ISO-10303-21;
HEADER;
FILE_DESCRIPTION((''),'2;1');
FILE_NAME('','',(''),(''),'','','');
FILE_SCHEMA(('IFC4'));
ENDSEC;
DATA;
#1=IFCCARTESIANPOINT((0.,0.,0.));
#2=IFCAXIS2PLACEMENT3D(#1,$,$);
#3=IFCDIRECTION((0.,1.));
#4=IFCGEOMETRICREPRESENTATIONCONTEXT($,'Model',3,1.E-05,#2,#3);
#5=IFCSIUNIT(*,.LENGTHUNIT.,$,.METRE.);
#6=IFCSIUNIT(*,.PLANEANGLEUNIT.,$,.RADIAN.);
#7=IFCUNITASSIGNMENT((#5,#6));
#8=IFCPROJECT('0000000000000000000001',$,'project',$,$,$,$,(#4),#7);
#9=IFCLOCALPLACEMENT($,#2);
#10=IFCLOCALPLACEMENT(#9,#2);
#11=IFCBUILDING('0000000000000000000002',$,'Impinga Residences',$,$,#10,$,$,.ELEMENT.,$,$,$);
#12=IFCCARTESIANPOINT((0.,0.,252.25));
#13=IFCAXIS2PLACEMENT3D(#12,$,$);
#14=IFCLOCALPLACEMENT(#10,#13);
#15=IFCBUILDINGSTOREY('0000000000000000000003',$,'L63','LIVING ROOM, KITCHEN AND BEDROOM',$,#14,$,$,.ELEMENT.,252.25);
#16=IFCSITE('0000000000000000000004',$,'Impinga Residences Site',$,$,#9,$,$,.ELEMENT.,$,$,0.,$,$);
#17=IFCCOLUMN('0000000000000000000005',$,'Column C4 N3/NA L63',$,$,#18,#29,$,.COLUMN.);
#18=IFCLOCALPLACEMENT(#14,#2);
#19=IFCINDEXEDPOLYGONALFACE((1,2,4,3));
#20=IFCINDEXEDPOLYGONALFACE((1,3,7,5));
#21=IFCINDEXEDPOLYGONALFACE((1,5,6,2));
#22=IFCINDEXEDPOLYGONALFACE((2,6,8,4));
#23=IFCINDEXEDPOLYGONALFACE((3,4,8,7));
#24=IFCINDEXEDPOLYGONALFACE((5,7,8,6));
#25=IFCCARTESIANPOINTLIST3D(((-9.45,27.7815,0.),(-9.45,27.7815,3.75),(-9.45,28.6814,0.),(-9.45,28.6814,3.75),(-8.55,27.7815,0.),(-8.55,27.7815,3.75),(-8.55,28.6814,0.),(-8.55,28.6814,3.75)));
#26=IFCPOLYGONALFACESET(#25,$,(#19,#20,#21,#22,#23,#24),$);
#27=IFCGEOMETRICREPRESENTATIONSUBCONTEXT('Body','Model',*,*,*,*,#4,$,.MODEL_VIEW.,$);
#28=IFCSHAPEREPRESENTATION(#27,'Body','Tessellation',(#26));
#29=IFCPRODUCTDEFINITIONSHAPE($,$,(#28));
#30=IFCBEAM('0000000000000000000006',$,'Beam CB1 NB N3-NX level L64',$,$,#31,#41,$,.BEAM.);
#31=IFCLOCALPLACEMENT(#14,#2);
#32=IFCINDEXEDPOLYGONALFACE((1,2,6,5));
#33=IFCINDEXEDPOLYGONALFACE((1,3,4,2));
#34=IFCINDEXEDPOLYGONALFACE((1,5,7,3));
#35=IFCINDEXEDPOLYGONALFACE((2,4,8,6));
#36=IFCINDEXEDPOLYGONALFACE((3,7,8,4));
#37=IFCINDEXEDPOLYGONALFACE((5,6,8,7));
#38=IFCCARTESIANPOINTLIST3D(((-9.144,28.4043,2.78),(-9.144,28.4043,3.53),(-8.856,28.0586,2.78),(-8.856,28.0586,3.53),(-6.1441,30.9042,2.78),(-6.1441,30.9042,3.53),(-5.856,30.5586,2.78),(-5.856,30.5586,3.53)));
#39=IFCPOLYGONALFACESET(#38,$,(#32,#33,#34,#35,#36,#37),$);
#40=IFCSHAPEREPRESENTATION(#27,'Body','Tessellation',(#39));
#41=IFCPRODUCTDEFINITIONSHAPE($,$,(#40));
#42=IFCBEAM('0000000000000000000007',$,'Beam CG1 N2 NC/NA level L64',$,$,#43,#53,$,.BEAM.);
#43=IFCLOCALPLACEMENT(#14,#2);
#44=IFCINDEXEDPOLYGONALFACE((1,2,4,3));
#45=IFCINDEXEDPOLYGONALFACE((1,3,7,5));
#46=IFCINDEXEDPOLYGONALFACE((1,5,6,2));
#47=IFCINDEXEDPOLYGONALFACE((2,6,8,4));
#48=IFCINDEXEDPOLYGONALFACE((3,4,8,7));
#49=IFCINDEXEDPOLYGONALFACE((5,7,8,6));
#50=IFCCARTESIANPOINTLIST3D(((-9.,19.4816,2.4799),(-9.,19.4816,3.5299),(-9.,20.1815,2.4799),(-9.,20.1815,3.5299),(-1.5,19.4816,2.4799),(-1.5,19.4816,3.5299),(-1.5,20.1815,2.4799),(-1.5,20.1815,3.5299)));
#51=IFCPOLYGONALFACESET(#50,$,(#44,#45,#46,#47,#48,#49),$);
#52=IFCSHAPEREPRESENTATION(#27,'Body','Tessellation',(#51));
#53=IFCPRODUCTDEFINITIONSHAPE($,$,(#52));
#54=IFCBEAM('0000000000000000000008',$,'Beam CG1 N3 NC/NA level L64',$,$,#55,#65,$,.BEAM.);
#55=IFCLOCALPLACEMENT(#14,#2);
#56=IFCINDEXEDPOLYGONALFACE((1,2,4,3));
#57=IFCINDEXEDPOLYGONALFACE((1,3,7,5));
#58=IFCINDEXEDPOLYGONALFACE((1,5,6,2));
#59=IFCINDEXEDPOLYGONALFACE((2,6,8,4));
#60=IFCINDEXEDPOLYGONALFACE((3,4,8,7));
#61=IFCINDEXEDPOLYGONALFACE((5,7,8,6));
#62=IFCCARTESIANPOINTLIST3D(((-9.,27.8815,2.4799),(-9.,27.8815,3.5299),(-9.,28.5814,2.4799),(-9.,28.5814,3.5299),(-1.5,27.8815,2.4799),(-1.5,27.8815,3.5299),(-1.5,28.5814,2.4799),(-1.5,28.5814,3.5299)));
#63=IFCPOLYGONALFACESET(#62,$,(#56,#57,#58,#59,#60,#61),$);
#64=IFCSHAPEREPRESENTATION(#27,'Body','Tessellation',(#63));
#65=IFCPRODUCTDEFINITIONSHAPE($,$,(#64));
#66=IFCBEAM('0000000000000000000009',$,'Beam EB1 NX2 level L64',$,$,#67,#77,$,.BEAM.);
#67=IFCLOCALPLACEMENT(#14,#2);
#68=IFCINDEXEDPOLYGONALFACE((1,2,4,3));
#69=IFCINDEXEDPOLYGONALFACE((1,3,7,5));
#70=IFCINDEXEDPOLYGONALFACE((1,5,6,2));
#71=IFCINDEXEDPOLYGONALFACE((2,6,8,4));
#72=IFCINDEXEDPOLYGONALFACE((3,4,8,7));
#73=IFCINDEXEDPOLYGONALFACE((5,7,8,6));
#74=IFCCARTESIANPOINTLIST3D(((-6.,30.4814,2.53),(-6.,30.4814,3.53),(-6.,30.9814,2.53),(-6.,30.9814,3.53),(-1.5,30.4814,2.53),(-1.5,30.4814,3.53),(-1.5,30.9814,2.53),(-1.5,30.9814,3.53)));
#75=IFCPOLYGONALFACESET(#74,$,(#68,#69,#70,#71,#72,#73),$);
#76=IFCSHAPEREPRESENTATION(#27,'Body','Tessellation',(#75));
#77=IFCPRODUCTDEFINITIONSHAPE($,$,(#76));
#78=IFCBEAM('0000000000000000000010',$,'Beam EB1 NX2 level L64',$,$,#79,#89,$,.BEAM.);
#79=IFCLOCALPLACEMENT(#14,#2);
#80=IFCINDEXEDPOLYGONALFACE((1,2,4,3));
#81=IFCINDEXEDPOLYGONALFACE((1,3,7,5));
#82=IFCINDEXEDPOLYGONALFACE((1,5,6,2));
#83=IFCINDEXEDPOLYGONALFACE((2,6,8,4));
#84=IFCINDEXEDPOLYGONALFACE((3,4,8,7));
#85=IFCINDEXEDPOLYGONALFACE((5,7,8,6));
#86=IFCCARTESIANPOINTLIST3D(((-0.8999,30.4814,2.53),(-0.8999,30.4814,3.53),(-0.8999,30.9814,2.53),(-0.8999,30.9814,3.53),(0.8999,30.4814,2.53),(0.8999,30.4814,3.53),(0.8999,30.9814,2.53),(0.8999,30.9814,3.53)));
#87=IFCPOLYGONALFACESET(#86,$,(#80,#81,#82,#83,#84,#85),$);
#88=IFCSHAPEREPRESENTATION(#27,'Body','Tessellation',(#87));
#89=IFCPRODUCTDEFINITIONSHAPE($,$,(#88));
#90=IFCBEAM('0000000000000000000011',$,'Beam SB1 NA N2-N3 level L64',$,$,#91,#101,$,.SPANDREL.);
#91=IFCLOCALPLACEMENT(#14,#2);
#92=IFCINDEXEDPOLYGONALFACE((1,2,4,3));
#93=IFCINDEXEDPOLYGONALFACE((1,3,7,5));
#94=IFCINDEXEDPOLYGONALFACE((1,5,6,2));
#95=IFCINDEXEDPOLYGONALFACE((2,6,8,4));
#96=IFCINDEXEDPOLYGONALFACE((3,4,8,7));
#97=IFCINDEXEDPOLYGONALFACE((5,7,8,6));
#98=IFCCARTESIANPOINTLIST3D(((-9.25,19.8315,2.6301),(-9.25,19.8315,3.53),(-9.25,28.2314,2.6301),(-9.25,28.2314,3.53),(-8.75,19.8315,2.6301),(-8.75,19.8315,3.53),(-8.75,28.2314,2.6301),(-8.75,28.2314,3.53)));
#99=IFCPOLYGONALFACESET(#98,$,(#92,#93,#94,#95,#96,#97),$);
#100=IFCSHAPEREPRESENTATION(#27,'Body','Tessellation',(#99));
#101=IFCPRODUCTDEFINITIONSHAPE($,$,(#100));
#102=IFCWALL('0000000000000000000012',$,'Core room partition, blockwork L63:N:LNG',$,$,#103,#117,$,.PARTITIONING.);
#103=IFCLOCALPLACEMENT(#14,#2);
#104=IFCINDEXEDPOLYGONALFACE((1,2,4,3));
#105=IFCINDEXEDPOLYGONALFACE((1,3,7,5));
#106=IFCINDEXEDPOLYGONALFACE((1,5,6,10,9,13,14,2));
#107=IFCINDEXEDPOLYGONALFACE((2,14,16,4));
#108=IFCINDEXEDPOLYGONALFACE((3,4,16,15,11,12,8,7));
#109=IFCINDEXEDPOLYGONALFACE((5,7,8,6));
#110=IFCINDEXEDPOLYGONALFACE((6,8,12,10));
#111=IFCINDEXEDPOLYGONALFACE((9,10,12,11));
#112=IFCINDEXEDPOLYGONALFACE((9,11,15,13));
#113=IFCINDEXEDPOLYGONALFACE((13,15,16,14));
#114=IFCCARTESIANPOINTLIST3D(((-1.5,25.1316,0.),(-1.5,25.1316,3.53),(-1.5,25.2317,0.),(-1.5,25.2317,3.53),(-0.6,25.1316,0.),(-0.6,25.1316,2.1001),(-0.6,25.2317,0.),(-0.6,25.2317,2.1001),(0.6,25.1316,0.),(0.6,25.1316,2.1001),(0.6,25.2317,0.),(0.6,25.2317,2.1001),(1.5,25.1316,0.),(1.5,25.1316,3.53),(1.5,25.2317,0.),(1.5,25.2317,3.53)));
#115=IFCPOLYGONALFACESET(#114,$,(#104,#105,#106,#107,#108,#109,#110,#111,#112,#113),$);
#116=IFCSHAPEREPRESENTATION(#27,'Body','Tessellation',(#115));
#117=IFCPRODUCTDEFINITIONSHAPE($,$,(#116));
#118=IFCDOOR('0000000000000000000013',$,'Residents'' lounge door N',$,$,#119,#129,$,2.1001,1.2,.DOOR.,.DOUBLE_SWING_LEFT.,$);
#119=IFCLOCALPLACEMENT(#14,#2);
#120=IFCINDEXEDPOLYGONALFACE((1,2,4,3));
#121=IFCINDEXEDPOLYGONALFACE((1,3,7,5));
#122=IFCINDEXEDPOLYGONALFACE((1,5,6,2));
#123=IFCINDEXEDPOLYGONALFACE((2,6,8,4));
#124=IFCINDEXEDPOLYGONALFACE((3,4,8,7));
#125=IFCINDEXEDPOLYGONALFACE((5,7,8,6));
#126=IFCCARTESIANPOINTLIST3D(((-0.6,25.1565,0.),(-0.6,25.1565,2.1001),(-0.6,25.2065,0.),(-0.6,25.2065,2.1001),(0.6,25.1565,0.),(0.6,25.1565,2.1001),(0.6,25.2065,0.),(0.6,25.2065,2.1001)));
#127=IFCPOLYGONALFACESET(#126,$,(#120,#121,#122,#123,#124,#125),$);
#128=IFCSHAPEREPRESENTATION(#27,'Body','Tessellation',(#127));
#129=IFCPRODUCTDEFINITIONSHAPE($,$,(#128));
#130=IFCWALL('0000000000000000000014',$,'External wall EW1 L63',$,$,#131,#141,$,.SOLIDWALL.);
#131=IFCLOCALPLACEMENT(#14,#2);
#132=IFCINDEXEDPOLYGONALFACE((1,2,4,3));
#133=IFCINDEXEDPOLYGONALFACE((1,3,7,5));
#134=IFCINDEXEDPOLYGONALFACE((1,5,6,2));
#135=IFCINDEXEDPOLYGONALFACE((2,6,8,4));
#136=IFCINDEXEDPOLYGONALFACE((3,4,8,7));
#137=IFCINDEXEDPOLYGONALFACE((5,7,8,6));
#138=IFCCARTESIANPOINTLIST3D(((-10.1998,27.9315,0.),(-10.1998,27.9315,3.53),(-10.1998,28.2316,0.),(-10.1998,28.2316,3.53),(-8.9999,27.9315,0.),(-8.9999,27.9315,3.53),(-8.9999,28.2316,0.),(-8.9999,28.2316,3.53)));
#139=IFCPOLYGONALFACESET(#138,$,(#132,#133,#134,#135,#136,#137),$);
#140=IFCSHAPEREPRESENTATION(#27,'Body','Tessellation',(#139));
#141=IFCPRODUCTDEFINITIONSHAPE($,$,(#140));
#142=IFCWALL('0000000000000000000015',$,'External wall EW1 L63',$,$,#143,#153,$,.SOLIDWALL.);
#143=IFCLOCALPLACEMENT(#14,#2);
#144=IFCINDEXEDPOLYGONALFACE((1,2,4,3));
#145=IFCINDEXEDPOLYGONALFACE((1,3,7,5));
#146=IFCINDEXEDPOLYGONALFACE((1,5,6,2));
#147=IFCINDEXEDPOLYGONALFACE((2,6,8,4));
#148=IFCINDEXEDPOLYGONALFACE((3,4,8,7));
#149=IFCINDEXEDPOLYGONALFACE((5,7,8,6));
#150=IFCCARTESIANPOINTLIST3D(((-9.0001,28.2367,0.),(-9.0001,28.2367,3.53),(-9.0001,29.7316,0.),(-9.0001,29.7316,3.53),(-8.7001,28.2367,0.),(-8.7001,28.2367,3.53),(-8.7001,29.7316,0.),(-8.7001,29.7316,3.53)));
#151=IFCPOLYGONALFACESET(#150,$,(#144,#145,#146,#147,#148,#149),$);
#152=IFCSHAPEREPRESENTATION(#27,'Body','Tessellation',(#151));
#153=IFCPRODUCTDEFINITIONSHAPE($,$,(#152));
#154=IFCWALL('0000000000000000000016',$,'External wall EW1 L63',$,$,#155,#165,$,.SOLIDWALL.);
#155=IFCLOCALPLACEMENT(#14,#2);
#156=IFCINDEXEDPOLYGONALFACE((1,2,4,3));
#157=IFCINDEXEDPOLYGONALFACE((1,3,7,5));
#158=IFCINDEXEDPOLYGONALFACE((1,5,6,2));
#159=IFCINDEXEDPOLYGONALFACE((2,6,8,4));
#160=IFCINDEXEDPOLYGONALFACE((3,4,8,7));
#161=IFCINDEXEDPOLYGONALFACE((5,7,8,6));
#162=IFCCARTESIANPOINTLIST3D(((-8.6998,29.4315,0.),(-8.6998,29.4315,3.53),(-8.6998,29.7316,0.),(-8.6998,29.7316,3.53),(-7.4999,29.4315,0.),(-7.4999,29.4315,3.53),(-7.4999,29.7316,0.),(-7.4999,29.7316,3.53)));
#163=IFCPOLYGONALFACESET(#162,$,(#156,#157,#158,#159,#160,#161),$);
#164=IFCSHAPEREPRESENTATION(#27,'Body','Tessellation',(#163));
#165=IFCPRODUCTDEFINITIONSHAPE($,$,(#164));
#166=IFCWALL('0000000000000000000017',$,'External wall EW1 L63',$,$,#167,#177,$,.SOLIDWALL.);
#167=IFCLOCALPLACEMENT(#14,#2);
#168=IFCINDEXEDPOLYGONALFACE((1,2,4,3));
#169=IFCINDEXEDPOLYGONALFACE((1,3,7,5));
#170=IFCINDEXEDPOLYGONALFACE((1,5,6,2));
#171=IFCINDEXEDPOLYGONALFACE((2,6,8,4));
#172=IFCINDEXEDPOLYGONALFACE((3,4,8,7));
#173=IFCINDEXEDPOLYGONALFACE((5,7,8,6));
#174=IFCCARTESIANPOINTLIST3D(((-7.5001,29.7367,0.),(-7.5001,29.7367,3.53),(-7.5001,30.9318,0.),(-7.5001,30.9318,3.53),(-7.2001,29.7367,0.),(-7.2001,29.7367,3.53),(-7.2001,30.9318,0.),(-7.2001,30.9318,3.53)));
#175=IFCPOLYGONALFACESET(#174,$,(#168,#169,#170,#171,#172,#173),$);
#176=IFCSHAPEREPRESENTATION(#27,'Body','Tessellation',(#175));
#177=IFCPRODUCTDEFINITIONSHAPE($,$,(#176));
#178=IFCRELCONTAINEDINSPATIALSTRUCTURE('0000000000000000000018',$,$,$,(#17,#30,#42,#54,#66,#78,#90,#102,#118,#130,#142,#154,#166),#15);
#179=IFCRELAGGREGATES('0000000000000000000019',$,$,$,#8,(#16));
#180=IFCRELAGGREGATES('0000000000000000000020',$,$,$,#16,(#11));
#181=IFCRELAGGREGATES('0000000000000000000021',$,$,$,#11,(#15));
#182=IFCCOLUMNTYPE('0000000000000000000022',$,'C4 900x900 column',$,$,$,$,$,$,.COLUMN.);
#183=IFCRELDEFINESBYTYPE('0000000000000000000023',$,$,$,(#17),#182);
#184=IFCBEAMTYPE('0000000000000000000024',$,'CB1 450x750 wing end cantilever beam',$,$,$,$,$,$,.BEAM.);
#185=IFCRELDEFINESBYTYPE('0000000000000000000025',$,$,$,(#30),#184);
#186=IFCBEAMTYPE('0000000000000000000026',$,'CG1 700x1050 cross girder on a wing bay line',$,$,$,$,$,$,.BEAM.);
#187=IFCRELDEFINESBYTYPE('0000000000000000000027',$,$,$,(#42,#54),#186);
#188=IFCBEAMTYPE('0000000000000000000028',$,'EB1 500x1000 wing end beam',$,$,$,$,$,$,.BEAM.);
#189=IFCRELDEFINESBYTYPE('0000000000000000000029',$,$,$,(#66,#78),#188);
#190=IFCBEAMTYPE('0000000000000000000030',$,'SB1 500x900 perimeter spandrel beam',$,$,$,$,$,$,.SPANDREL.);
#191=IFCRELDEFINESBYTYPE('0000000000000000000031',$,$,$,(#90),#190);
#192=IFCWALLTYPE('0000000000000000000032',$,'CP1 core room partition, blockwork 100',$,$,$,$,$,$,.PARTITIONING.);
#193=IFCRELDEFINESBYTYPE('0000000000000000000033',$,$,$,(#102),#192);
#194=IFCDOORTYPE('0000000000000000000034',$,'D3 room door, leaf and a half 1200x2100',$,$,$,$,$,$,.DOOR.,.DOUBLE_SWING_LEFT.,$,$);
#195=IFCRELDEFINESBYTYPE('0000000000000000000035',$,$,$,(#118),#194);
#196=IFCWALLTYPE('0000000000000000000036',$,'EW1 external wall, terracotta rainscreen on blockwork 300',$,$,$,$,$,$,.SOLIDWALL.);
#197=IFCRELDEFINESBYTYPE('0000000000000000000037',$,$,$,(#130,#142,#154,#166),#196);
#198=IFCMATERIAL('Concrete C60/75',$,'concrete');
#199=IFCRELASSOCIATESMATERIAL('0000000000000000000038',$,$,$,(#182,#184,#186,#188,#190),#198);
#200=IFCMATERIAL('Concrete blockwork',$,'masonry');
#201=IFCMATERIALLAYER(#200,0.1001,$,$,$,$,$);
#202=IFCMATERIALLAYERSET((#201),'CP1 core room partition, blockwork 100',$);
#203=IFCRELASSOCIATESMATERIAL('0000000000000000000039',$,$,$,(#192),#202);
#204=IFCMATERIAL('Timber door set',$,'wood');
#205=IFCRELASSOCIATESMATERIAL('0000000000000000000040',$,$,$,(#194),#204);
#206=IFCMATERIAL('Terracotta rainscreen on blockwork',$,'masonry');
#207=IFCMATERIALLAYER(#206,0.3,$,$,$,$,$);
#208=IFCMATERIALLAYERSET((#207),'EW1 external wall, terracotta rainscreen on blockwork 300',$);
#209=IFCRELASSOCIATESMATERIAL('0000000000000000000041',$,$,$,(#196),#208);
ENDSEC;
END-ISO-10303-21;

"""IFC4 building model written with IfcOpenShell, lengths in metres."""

from ifc_helpers import new_model, si_unit, direction, frame, frame_2d, origin, origin_2d, place, context, subcontext, project, spatial, rectangle, extrude, material, layer, layer_set, material_profile, profile_set, type_object, element, fill, save


model = new_model("IFC4")

# Units and contexts
model_context = context("Model", 3, precision=1e-05, world=origin(), true_north=direction((0.0, 1.0)))
body_context = subcontext(model_context, "Body", "Model", "MODEL_VIEW")
ifc_project = project(units=[si_unit("LENGTHUNIT", "METRE"), si_unit("PLANEANGLEUNIT", "RADIAN")], contexts=[model_context])

# Site, building, storey
site_placement = place(None, origin())
site = spatial("IfcSite", under=ifc_project, at=site_placement, Name="Impinga Residences Site", CompositionType="ELEMENT", RefElevation=0.0)
building_placement = place(site_placement, origin())
building = spatial("IfcBuilding", under=site, at=building_placement, Name="Impinga Residences", CompositionType="ELEMENT")
storey_placement = place(building_placement, frame((0.0, 0.0, 252.25)))
storey = spatial("IfcBuildingStorey", under=building, at=storey_placement, Name="L63", Description="LIVING ROOM, KITCHEN AND BEDROOM", CompositionType="ELEMENT", Elevation=252.25)

# Column
ifc_material_1 = material(Name="Concrete C60/75", Category="concrete")
ifc_material_profile_1 = material_profile(ifc_material_1, rectangle(XDim=0.8999, YDim=0.8999, at=origin_2d()), Name="RC 900x900")
ifc_profile_set_1 = profile_set([ifc_material_profile_1], Name="Concrete C60/75")
column_type = type_object("IfcColumnType", Name="C4 900x900 column", PredefinedType="COLUMN", material=ifc_profile_set_1)
column_placement = place(storey_placement, frame((-9.0, 28.2314, 0.0), z_axis=(0.0, 0.0, 1.0), x_axis=(1.0, 0.0, 0.0)))
element("IfcColumn", 1, at=column_placement, inside=storey, type_object=column_type, Name="Column C4 N3/NA L63", PredefinedType="COLUMN", context=body_context, shape_type="SweptSolid", body=[
    extrude(rectangle(XDim=0.8999, YDim=0.8999, at=origin_2d()), origin(), (0.0, 0.0, 1.0), 3.75),
])

# Beams
ifc_material_profile_2 = material_profile(ifc_material_1, rectangle(XDim=0.45, YDim=0.75, at=origin_2d()), Name="RC 450x750")
ifc_profile_set_2 = profile_set([ifc_material_profile_2], Name="Concrete C60/75")
beam_type_1 = type_object("IfcBeamType", Name="CB1 450x750 wing end cantilever beam", PredefinedType="BEAM", material=ifc_profile_set_2)
beam_1_placement = place(storey_placement, frame((-9.0, 28.2314, 3.155), z_axis=(0.768221, 0.640184, 0.0), x_axis=(-0.640184, 0.768221, 0.0)))
element("IfcBeam", 2, at=beam_1_placement, inside=storey, type_object=beam_type_1, Name="Beam CB1 NB N3-NX level L64", PredefinedType="BEAM", context=body_context, shape_type="SweptSolid", body=[
    extrude(rectangle(XDim=0.45, YDim=0.75, at=origin_2d()), origin(), (0.0, 0.0, 1.0), 3.905),
])
ifc_material_profile_3 = material_profile(ifc_material_1, rectangle(XDim=0.7, YDim=1.05, at=origin_2d()), Name="RC 700x1050")
ifc_profile_set_3 = profile_set([ifc_material_profile_3], Name="Concrete C60/75")
beam_type_2 = type_object("IfcBeamType", Name="CG1 700x1050 cross girder on a wing bay line", PredefinedType="BEAM", material=ifc_profile_set_3)
for number, where, z_axis, x_axis, name in (
    (3, (-1.5, 19.8315, 3.0049), (-1.0, 0.0, 0.0), (0.0, -1.0, 0.0), "Beam CG1 N2 NC/NA level L64"),
    (4, (-1.5, 28.2314, 3.0049), (-1.0, 0.0, 0.0), (0.0, -1.0, 0.0), "Beam CG1 N3 NC/NA level L64"),
):
    element("IfcBeam", number, at=place(storey_placement, frame(where, z_axis=z_axis, x_axis=x_axis)), inside=storey, type_object=beam_type_2, Name=name, PredefinedType="BEAM", context=body_context, shape_type="SweptSolid", body=[
        extrude(rectangle(XDim=0.7, YDim=1.05, at=origin_2d()), origin(), (0.0, 0.0, 1.0), 7.5),
    ])
ifc_material_profile_4 = material_profile(ifc_material_1, rectangle(XDim=0.5, YDim=1.0, at=origin_2d()), Name="RC 500x1000")
ifc_profile_set_4 = profile_set([ifc_material_profile_4], Name="Concrete C60/75")
beam_type_3 = type_object("IfcBeamType", Name="EB1 500x1000 wing end beam", PredefinedType="BEAM", material=ifc_profile_set_4)
beam_2_placement = place(storey_placement, frame((-6.0, 30.7314, 3.03), z_axis=(1.0, 0.0, 0.0), x_axis=(0.0, 1.0, 0.0)))
element("IfcBeam", 5, at=beam_2_placement, inside=storey, type_object=beam_type_3, Name="Beam EB1 NX2 level L64", PredefinedType="BEAM", context=body_context, shape_type="SweptSolid", body=[
    extrude(rectangle(XDim=0.5, YDim=1.0, at=origin_2d()), origin(), (0.0, 0.0, 1.0), 4.5),
])
beam_3_placement = place(storey_placement, frame((-0.8999, 30.7314, 3.03), z_axis=(1.0, 0.0, 0.0), x_axis=(0.0, 1.0, 0.0)))
element("IfcBeam", 6, at=beam_3_placement, inside=storey, type_object=beam_type_3, Name="Beam EB1 NX2 level L64", PredefinedType="BEAM", context=body_context, shape_type="SweptSolid", body=[
    extrude(rectangle(XDim=0.5, YDim=1.0, at=origin_2d()), origin(), (0.0, 0.0, 1.0), 1.7998),
])
ifc_material_profile_5 = material_profile(ifc_material_1, rectangle(XDim=0.5, YDim=0.8999, at=origin_2d()), Name="RC 500x900")
ifc_profile_set_5 = profile_set([ifc_material_profile_5], Name="Concrete C60/75")
beam_type_4 = type_object("IfcBeamType", Name="SB1 500x900 perimeter spandrel beam", PredefinedType="SPANDREL", material=ifc_profile_set_5)
beam_4_placement = place(storey_placement, frame((-9.0, 19.8315, 3.0801), z_axis=(0.0, 1.0, 0.0), x_axis=(-1.0, 0.0, 0.0)))
element("IfcBeam", 7, at=beam_4_placement, inside=storey, type_object=beam_type_4, Name="Beam SB1 NA N2-N3 level L64", PredefinedType="SPANDREL", context=body_context, shape_type="SweptSolid", body=[
    extrude(rectangle(XDim=0.5, YDim=0.8999, at=origin_2d()), origin(), (0.0, 0.0, 1.0), 8.3999),
])

# Wall, opening, door
ifc_material_2 = material(Name="Concrete blockwork", Category="masonry")
ifc_layer_1 = layer(ifc_material_2, 0.1001)
ifc_layer_set_1 = layer_set([ifc_layer_1], Name="CP1 core room partition, blockwork 100")
wall_type_1 = type_object("IfcWallType", Name="CP1 core room partition, blockwork 100", PredefinedType="PARTITIONING", material=ifc_layer_set_1)
wall_1_placement = place(storey_placement, frame((-1.5, 25.1816, 0.0), z_axis=(0.0, 0.0, 1.0), x_axis=(1.0, 0.0, 0.0)))
wall_1 = element("IfcWall", 8, at=wall_1_placement, inside=storey, type_object=wall_type_1, Name="Core room partition, blockwork L63:N:LNG", PredefinedType="PARTITIONING", context=body_context, shape_type="SweptSolid", body=[
    extrude(rectangle(XDim=3.0, YDim=0.1001, at=frame_2d((1.5, 0.0))), origin(), (0.0, 0.0, 1.0), 3.53),
])
opening_1_placement = place(wall_1_placement, frame((0.8999, 0.0, 0.0)))
opening_1 = element("IfcOpeningElement", 9, at=opening_1_placement, cuts=wall_1, PredefinedType="OPENING", context=body_context, shape_type="SweptSolid", body=[
    extrude(rectangle(XDim=1.2, YDim=2.1001, at=frame_2d((0.6001, 1.05))), frame((0.0, 0.0601, 0.0), z_axis=(0.0, -1.0, 0.0), x_axis=(1.0, 0.0, 0.0)), (0.0, 0.0, 1.0), 0.1201),
])
ifc_material_3 = material(Name="Timber door set", Category="wood")
door_type_1 = type_object("IfcDoorType", Name="D3 room door, leaf and a half 1200x2100", OperationType="DOUBLE_SWING_LEFT", PredefinedType="DOOR", material=ifc_material_3)
door_1_placement = place(opening_1_placement, origin())
door_1 = element("IfcDoor", 10, at=door_1_placement, inside=storey, type_object=door_type_1, Name="Residents' lounge door N", OperationType="DOUBLE_SWING_LEFT", OverallHeight=2.1001, OverallWidth=1.2, PredefinedType="DOOR", context=body_context, shape_type="SweptSolid", body=[
    extrude(rectangle(XDim=1.2, YDim=2.1001, at=frame_2d((0.6001, 1.05))), frame((0.0, 0.0249, 0.0), z_axis=(0.0, -1.0, 0.0), x_axis=(1.0, 0.0, 0.0)), (0.0, 0.0, 1.0), 0.05),
])
fill(opening_1, door_1)

# Walls
ifc_material_4 = material(Name="Terracotta rainscreen on blockwork", Category="masonry")
ifc_layer_2 = layer(ifc_material_4, 0.3)
ifc_layer_set_2 = layer_set([ifc_layer_2], Name="EW1 external wall, terracotta rainscreen on blockwork 300")
wall_type_2 = type_object("IfcWallType", Name="EW1 external wall, terracotta rainscreen on blockwork 300", PredefinedType="SOLIDWALL", material=ifc_layer_set_2)
wall_2_placement = place(storey_placement, frame((-10.2, 28.0815, 0.0), z_axis=(0.0, 0.0, 1.0), x_axis=(1.0, 0.0, 0.0)))
element("IfcWall", 11, at=wall_2_placement, inside=storey, type_object=wall_type_2, Name="External wall EW1 L63", PredefinedType="SOLIDWALL", context=body_context, shape_type="SweptSolid", body=[
    extrude(rectangle(XDim=1.2, YDim=0.3, at=frame_2d((0.6001, 0.0))), origin(), (0.0, 0.0, 1.0), 3.53),
])
wall_3_placement = place(storey_placement, frame((-8.8501, 28.2366, 0.0), z_axis=(0.0, 0.0, 1.0), x_axis=(0.0, 1.0, 0.0)))
element("IfcWall", 12, at=wall_3_placement, inside=storey, type_object=wall_type_2, Name="External wall EW1 L63", PredefinedType="SOLIDWALL", context=body_context, shape_type="SweptSolid", body=[
    extrude(rectangle(XDim=1.4949, YDim=0.3, at=frame_2d((0.7476, 0.0))), origin(), (0.0, 0.0, 1.0), 3.53),
])
wall_4_placement = place(storey_placement, frame((-8.7, 29.5815, 0.0), z_axis=(0.0, 0.0, 1.0), x_axis=(1.0, 0.0, 0.0)))
element("IfcWall", 13, at=wall_4_placement, inside=storey, type_object=wall_type_2, Name="External wall EW1 L63", PredefinedType="SOLIDWALL", context=body_context, shape_type="SweptSolid", body=[
    extrude(rectangle(XDim=1.2, YDim=0.3, at=frame_2d((0.6001, 0.0))), origin(), (0.0, 0.0, 1.0), 3.53),
])
wall_5_placement = place(storey_placement, frame((-7.3501, 29.7366, 0.0), z_axis=(0.0, 0.0, 1.0), x_axis=(0.0, 1.0, 0.0)))
element("IfcWall", 14, at=wall_5_placement, inside=storey, type_object=wall_type_2, Name="External wall EW1 L63", PredefinedType="SOLIDWALL", context=body_context, shape_type="SweptSolid", body=[
    extrude(rectangle(XDim=1.1951, YDim=0.3, at=frame_2d((0.5977, 0.0))), origin(), (0.0, 0.0, 1.0), 3.53),
])

save(model, "model.ifc")
